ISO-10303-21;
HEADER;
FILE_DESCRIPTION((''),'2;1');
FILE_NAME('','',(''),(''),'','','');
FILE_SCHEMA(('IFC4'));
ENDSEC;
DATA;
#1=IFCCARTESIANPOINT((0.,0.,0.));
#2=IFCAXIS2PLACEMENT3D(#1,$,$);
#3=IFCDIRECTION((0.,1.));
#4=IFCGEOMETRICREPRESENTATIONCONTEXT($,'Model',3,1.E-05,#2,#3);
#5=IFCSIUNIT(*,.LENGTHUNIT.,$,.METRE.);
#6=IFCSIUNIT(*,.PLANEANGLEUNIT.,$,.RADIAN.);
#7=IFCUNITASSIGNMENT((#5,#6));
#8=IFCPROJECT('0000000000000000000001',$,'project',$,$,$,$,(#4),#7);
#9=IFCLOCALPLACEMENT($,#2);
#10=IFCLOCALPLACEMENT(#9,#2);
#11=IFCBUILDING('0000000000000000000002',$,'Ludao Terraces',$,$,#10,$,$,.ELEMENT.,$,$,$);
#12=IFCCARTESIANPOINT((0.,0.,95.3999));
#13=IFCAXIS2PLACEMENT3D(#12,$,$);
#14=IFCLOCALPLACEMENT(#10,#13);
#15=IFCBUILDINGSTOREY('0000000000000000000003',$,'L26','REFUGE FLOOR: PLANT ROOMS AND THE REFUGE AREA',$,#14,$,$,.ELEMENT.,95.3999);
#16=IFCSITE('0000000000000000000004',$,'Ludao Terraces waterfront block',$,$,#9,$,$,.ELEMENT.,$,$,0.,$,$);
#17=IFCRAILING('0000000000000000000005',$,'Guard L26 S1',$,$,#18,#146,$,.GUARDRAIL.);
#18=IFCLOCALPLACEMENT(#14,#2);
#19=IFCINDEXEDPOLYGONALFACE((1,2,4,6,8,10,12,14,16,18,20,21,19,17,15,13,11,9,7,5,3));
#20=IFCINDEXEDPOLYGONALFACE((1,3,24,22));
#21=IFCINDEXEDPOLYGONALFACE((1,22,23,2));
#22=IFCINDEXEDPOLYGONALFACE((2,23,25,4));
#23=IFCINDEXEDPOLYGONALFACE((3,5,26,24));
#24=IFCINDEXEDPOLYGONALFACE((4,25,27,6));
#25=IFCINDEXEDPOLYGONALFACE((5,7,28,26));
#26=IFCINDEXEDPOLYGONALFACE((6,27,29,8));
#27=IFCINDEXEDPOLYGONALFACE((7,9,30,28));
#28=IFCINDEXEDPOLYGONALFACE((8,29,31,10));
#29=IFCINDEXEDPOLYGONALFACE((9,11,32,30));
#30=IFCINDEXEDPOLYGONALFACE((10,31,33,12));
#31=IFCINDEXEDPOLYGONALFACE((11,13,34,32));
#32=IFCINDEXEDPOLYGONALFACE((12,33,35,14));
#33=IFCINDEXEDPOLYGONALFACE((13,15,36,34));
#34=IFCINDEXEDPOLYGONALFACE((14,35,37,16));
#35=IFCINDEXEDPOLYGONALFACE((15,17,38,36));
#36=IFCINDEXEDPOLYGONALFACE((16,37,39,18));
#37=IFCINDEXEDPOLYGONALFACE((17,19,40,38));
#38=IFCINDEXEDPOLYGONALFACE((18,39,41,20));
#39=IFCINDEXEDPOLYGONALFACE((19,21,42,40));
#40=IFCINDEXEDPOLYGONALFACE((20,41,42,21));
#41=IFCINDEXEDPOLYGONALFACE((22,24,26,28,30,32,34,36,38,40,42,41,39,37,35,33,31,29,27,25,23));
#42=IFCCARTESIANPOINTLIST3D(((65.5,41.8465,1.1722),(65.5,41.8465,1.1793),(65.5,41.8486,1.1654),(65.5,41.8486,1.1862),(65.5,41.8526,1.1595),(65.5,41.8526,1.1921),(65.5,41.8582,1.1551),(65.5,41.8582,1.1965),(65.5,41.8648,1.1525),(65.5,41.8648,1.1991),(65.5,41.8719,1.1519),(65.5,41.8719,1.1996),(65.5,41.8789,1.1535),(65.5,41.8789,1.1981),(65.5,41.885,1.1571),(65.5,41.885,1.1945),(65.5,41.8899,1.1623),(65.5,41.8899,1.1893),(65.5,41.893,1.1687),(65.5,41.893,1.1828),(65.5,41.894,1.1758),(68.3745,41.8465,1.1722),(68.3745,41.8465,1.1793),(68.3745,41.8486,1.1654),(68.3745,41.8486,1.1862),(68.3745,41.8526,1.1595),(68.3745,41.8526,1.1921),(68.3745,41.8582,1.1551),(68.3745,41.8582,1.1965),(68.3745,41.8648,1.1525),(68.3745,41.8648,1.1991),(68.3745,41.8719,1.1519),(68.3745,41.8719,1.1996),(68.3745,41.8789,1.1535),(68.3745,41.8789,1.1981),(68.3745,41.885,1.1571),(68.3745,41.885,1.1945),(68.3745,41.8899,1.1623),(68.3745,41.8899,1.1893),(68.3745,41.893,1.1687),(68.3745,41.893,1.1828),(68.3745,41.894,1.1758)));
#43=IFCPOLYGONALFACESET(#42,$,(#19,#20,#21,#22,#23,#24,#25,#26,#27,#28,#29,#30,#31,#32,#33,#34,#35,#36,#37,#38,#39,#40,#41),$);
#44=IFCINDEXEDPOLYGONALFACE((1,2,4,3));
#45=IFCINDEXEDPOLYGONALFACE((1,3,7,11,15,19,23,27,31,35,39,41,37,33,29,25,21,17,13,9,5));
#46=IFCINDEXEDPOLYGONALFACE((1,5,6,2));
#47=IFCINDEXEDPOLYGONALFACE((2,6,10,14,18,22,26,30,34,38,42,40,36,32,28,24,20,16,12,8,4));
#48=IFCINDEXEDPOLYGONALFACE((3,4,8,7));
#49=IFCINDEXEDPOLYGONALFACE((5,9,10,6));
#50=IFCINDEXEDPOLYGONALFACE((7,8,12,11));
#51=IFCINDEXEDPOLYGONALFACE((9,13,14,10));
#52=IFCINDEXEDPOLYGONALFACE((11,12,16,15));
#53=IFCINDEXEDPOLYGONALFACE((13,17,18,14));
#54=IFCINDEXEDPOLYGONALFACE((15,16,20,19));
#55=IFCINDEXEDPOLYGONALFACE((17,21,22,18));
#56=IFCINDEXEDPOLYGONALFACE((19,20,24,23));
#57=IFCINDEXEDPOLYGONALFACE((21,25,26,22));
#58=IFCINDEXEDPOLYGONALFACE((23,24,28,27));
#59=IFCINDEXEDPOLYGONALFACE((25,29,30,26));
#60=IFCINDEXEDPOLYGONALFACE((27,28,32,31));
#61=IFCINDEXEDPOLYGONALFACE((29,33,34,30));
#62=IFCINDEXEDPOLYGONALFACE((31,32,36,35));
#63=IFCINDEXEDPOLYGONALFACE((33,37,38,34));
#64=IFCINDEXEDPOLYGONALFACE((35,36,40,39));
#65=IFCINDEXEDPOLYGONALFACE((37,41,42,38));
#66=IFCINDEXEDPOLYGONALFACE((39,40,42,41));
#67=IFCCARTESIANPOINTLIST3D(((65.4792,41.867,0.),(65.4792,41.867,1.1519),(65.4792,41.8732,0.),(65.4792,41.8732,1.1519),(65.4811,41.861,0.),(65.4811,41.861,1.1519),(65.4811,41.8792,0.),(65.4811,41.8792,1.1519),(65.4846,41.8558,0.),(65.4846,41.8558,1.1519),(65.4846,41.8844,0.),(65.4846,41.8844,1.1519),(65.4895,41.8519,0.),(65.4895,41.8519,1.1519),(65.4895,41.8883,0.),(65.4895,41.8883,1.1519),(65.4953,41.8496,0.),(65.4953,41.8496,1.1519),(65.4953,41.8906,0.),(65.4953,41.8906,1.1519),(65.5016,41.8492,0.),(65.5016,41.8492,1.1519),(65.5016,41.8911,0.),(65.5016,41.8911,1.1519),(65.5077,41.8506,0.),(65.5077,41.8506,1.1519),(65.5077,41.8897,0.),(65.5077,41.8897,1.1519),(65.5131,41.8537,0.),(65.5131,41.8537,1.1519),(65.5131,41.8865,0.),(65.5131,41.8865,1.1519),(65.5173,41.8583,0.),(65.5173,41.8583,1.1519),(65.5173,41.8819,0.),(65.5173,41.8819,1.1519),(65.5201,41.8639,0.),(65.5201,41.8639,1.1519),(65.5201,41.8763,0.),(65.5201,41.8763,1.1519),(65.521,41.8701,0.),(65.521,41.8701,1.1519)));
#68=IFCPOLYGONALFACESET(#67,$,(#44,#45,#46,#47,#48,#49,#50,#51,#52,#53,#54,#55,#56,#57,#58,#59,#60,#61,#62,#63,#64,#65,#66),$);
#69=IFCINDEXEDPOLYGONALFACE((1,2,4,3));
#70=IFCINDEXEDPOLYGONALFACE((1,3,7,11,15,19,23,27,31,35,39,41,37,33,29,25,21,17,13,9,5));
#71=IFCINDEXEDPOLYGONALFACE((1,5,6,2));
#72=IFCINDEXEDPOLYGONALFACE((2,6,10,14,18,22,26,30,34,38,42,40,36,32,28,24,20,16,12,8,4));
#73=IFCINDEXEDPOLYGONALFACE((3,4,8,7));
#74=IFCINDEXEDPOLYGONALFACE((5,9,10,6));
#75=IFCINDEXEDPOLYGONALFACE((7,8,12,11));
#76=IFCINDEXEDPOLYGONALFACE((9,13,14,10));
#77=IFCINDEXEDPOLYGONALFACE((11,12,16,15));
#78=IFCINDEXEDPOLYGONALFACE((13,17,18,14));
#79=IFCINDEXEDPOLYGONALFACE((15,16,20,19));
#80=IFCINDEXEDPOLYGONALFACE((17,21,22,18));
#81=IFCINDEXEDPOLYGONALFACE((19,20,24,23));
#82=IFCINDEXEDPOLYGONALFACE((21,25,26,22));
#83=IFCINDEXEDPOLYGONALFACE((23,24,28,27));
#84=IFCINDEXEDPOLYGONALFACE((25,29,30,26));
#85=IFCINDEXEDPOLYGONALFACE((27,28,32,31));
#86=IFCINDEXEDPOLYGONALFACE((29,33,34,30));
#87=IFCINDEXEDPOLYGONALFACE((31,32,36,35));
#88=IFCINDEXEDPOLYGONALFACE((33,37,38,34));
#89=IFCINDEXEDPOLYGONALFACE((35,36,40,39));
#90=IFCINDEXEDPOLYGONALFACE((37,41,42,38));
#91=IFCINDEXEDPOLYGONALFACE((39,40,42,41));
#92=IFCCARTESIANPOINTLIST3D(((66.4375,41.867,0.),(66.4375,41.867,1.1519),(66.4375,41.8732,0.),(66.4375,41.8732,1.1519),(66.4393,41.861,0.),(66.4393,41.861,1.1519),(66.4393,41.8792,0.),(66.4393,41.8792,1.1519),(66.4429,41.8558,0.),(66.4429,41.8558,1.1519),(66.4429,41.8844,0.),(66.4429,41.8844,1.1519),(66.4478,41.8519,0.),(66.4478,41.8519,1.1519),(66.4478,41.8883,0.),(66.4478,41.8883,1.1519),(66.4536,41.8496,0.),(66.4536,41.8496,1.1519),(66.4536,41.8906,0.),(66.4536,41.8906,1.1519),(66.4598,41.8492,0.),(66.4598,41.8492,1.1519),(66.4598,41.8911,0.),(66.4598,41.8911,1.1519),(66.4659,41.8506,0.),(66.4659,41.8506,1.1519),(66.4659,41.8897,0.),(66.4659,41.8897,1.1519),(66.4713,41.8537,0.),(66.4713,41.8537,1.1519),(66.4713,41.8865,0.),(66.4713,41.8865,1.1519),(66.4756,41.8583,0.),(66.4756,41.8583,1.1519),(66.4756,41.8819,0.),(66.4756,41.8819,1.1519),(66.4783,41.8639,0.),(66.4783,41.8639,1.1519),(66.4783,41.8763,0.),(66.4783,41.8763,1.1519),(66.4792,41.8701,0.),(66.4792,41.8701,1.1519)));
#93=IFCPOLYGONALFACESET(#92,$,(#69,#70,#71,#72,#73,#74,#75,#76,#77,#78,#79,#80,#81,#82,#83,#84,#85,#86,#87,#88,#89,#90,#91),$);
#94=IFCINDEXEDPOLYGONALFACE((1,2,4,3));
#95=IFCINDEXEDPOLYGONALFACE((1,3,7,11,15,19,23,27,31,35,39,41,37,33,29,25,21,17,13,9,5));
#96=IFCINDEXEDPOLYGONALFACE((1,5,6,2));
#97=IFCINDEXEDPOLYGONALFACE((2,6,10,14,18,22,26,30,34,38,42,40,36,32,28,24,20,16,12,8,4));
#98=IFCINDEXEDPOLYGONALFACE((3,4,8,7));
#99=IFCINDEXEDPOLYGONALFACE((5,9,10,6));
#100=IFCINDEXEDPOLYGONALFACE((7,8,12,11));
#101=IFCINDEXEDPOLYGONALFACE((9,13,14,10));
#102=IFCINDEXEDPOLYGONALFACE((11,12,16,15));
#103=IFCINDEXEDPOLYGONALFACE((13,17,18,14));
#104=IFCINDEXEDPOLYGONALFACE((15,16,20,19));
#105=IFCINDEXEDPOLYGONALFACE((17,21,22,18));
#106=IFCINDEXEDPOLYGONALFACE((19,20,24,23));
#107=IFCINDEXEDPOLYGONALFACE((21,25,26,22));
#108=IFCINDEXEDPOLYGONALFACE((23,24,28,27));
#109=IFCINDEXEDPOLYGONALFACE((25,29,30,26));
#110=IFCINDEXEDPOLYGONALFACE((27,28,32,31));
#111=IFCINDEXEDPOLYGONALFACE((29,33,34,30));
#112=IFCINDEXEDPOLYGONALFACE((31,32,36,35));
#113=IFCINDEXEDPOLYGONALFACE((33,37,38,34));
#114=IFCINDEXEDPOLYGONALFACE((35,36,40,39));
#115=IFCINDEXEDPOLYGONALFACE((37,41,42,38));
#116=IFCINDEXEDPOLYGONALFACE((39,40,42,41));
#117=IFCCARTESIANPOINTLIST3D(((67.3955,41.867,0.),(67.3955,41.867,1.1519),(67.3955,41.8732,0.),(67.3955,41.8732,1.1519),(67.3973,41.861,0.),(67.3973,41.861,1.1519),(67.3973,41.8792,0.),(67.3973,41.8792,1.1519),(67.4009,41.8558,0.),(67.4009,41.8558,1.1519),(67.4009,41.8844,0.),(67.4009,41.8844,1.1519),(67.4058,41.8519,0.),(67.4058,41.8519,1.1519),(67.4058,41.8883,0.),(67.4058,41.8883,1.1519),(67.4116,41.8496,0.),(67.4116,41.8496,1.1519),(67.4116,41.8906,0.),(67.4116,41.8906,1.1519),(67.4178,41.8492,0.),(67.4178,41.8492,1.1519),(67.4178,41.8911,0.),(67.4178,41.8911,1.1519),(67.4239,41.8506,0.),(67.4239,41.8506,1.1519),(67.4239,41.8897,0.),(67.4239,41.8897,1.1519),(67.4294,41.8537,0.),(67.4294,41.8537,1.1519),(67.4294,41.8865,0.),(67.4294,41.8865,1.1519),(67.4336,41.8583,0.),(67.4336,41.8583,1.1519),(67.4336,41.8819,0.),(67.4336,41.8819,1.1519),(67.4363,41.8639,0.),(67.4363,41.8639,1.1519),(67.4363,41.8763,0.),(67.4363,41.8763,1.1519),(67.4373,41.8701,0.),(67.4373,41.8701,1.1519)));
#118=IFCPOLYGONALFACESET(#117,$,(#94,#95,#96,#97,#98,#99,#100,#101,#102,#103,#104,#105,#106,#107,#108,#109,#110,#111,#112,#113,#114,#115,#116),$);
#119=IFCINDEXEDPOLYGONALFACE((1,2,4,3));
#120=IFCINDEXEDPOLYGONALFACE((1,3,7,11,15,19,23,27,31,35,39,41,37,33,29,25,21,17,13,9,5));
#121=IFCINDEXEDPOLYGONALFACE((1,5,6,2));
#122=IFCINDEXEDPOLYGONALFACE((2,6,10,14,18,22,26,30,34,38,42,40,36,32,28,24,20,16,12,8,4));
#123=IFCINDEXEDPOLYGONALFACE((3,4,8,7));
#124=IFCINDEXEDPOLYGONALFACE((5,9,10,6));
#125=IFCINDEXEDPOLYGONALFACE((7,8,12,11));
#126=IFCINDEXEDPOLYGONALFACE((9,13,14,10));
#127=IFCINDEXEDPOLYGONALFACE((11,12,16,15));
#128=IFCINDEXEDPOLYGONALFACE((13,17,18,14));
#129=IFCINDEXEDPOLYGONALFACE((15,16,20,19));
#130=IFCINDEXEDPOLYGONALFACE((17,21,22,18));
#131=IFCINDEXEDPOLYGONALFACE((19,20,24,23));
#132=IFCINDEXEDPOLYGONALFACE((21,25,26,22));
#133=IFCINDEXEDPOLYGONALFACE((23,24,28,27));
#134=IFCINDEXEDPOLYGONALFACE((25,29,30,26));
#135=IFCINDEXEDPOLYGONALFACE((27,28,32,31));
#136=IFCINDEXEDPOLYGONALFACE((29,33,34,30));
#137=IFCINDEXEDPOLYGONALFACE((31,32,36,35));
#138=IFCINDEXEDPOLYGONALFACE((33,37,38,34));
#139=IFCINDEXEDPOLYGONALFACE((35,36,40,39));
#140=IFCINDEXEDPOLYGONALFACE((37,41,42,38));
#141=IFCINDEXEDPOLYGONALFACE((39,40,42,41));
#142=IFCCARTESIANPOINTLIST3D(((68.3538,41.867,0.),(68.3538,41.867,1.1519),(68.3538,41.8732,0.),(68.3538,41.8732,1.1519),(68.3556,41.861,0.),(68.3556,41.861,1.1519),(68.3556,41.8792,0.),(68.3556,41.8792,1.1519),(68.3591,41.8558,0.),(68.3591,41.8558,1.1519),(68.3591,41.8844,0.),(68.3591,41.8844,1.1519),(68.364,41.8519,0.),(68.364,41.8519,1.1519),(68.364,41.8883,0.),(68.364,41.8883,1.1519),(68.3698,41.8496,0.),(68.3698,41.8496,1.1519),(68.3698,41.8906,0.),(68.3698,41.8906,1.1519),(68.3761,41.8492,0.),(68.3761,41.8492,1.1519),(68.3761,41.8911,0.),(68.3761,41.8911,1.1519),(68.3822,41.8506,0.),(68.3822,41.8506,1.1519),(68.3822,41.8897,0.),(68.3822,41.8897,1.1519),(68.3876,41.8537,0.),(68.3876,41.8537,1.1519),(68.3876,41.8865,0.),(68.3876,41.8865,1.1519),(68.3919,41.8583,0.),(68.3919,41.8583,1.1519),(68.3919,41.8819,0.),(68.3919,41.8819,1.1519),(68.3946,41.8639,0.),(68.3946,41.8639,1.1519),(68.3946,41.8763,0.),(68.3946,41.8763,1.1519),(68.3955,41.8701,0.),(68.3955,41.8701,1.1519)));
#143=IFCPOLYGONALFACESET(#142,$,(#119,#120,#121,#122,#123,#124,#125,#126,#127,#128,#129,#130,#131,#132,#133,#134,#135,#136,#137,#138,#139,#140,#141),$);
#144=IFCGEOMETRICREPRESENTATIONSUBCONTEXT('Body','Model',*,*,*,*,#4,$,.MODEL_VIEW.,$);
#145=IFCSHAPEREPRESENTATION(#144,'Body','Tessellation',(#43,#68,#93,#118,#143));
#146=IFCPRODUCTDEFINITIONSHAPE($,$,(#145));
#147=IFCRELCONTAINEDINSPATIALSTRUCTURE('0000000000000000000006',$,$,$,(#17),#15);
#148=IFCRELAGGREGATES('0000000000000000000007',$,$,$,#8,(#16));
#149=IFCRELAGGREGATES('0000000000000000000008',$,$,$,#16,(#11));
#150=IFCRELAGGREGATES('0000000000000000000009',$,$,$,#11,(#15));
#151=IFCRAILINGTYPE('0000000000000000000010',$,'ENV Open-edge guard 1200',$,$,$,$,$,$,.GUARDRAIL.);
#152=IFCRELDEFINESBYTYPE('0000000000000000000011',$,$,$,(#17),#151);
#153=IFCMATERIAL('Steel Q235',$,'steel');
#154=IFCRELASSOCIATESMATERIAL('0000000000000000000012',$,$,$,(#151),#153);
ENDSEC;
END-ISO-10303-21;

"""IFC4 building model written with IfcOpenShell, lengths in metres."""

from ifc_helpers import new_model, si_unit, direction, frame, origin, origin_2d, place, context, subcontext, project, spatial, circle, extrude, material, type_object, element, save


model = new_model("IFC4")

# Units and contexts
model_context = context("Model", 3, precision=1e-05, world=origin(), true_north=direction((0.0, 1.0)))
body_context = subcontext(model_context, "Body", "Model", "MODEL_VIEW")
ifc_project = project(units=[si_unit("LENGTHUNIT", "METRE"), si_unit("PLANEANGLEUNIT", "RADIAN")], contexts=[model_context])

# Site, building, storey
site_placement = place(None, origin())
site = spatial("IfcSite", under=ifc_project, at=site_placement, Name="Ludao Terraces waterfront block", CompositionType="ELEMENT", RefElevation=0.0)
building_placement = place(site_placement, origin())
building = spatial("IfcBuilding", under=site, at=building_placement, Name="Ludao Terraces", CompositionType="ELEMENT")
storey_placement = place(building_placement, frame((0.0, 0.0, 95.3999)))
storey = spatial("IfcBuildingStorey", under=building, at=storey_placement, Name="L26", Description="REFUGE FLOOR: PLANT ROOMS AND THE REFUGE AREA", CompositionType="ELEMENT", Elevation=95.3999)

# Shared definitions
ifc_material_1 = material(Name="Steel Q235", Category="steel")

# Railing
railing_type = type_object("IfcRailingType", Name="ENV Open-edge guard 1200", PredefinedType="GUARDRAIL", material=ifc_material_1)
railing_placement = place(storey_placement, frame((65.5, 41.8701, 0.0)))
element("IfcRailing", 1, at=railing_placement, inside=storey, type_object=railing_type, Name="Guard L26 S1", PredefinedType="GUARDRAIL", context=body_context, shape_type="SweptSolid", body=[
    extrude(circle(Radius=0.0239, at=origin_2d()), frame((0.0, 0.0, 1.1758), z_axis=(1.0, 0.0, 0.0), x_axis=(0.0, 1.0, 0.0)), (0.0, 0.0, 1.0), 2.8745),
    extrude(circle(Radius=0.021, at=origin_2d()), origin(), (0.0, 0.0, 1.0), 1.1519),
    extrude(circle(Radius=0.021, at=origin_2d()), frame((0.9583, 0.0, 0.0)), (0.0, 0.0, 1.0), 1.1519),
    extrude(circle(Radius=0.021, at=origin_2d()), frame((1.9163, 0.0, 0.0)), (0.0, 0.0, 1.0), 1.1519),
    extrude(circle(Radius=0.021, at=origin_2d()), frame((2.8745, 0.0, 0.0)), (0.0, 0.0, 1.0), 1.1519),
])

save(model, "model.ifc")
